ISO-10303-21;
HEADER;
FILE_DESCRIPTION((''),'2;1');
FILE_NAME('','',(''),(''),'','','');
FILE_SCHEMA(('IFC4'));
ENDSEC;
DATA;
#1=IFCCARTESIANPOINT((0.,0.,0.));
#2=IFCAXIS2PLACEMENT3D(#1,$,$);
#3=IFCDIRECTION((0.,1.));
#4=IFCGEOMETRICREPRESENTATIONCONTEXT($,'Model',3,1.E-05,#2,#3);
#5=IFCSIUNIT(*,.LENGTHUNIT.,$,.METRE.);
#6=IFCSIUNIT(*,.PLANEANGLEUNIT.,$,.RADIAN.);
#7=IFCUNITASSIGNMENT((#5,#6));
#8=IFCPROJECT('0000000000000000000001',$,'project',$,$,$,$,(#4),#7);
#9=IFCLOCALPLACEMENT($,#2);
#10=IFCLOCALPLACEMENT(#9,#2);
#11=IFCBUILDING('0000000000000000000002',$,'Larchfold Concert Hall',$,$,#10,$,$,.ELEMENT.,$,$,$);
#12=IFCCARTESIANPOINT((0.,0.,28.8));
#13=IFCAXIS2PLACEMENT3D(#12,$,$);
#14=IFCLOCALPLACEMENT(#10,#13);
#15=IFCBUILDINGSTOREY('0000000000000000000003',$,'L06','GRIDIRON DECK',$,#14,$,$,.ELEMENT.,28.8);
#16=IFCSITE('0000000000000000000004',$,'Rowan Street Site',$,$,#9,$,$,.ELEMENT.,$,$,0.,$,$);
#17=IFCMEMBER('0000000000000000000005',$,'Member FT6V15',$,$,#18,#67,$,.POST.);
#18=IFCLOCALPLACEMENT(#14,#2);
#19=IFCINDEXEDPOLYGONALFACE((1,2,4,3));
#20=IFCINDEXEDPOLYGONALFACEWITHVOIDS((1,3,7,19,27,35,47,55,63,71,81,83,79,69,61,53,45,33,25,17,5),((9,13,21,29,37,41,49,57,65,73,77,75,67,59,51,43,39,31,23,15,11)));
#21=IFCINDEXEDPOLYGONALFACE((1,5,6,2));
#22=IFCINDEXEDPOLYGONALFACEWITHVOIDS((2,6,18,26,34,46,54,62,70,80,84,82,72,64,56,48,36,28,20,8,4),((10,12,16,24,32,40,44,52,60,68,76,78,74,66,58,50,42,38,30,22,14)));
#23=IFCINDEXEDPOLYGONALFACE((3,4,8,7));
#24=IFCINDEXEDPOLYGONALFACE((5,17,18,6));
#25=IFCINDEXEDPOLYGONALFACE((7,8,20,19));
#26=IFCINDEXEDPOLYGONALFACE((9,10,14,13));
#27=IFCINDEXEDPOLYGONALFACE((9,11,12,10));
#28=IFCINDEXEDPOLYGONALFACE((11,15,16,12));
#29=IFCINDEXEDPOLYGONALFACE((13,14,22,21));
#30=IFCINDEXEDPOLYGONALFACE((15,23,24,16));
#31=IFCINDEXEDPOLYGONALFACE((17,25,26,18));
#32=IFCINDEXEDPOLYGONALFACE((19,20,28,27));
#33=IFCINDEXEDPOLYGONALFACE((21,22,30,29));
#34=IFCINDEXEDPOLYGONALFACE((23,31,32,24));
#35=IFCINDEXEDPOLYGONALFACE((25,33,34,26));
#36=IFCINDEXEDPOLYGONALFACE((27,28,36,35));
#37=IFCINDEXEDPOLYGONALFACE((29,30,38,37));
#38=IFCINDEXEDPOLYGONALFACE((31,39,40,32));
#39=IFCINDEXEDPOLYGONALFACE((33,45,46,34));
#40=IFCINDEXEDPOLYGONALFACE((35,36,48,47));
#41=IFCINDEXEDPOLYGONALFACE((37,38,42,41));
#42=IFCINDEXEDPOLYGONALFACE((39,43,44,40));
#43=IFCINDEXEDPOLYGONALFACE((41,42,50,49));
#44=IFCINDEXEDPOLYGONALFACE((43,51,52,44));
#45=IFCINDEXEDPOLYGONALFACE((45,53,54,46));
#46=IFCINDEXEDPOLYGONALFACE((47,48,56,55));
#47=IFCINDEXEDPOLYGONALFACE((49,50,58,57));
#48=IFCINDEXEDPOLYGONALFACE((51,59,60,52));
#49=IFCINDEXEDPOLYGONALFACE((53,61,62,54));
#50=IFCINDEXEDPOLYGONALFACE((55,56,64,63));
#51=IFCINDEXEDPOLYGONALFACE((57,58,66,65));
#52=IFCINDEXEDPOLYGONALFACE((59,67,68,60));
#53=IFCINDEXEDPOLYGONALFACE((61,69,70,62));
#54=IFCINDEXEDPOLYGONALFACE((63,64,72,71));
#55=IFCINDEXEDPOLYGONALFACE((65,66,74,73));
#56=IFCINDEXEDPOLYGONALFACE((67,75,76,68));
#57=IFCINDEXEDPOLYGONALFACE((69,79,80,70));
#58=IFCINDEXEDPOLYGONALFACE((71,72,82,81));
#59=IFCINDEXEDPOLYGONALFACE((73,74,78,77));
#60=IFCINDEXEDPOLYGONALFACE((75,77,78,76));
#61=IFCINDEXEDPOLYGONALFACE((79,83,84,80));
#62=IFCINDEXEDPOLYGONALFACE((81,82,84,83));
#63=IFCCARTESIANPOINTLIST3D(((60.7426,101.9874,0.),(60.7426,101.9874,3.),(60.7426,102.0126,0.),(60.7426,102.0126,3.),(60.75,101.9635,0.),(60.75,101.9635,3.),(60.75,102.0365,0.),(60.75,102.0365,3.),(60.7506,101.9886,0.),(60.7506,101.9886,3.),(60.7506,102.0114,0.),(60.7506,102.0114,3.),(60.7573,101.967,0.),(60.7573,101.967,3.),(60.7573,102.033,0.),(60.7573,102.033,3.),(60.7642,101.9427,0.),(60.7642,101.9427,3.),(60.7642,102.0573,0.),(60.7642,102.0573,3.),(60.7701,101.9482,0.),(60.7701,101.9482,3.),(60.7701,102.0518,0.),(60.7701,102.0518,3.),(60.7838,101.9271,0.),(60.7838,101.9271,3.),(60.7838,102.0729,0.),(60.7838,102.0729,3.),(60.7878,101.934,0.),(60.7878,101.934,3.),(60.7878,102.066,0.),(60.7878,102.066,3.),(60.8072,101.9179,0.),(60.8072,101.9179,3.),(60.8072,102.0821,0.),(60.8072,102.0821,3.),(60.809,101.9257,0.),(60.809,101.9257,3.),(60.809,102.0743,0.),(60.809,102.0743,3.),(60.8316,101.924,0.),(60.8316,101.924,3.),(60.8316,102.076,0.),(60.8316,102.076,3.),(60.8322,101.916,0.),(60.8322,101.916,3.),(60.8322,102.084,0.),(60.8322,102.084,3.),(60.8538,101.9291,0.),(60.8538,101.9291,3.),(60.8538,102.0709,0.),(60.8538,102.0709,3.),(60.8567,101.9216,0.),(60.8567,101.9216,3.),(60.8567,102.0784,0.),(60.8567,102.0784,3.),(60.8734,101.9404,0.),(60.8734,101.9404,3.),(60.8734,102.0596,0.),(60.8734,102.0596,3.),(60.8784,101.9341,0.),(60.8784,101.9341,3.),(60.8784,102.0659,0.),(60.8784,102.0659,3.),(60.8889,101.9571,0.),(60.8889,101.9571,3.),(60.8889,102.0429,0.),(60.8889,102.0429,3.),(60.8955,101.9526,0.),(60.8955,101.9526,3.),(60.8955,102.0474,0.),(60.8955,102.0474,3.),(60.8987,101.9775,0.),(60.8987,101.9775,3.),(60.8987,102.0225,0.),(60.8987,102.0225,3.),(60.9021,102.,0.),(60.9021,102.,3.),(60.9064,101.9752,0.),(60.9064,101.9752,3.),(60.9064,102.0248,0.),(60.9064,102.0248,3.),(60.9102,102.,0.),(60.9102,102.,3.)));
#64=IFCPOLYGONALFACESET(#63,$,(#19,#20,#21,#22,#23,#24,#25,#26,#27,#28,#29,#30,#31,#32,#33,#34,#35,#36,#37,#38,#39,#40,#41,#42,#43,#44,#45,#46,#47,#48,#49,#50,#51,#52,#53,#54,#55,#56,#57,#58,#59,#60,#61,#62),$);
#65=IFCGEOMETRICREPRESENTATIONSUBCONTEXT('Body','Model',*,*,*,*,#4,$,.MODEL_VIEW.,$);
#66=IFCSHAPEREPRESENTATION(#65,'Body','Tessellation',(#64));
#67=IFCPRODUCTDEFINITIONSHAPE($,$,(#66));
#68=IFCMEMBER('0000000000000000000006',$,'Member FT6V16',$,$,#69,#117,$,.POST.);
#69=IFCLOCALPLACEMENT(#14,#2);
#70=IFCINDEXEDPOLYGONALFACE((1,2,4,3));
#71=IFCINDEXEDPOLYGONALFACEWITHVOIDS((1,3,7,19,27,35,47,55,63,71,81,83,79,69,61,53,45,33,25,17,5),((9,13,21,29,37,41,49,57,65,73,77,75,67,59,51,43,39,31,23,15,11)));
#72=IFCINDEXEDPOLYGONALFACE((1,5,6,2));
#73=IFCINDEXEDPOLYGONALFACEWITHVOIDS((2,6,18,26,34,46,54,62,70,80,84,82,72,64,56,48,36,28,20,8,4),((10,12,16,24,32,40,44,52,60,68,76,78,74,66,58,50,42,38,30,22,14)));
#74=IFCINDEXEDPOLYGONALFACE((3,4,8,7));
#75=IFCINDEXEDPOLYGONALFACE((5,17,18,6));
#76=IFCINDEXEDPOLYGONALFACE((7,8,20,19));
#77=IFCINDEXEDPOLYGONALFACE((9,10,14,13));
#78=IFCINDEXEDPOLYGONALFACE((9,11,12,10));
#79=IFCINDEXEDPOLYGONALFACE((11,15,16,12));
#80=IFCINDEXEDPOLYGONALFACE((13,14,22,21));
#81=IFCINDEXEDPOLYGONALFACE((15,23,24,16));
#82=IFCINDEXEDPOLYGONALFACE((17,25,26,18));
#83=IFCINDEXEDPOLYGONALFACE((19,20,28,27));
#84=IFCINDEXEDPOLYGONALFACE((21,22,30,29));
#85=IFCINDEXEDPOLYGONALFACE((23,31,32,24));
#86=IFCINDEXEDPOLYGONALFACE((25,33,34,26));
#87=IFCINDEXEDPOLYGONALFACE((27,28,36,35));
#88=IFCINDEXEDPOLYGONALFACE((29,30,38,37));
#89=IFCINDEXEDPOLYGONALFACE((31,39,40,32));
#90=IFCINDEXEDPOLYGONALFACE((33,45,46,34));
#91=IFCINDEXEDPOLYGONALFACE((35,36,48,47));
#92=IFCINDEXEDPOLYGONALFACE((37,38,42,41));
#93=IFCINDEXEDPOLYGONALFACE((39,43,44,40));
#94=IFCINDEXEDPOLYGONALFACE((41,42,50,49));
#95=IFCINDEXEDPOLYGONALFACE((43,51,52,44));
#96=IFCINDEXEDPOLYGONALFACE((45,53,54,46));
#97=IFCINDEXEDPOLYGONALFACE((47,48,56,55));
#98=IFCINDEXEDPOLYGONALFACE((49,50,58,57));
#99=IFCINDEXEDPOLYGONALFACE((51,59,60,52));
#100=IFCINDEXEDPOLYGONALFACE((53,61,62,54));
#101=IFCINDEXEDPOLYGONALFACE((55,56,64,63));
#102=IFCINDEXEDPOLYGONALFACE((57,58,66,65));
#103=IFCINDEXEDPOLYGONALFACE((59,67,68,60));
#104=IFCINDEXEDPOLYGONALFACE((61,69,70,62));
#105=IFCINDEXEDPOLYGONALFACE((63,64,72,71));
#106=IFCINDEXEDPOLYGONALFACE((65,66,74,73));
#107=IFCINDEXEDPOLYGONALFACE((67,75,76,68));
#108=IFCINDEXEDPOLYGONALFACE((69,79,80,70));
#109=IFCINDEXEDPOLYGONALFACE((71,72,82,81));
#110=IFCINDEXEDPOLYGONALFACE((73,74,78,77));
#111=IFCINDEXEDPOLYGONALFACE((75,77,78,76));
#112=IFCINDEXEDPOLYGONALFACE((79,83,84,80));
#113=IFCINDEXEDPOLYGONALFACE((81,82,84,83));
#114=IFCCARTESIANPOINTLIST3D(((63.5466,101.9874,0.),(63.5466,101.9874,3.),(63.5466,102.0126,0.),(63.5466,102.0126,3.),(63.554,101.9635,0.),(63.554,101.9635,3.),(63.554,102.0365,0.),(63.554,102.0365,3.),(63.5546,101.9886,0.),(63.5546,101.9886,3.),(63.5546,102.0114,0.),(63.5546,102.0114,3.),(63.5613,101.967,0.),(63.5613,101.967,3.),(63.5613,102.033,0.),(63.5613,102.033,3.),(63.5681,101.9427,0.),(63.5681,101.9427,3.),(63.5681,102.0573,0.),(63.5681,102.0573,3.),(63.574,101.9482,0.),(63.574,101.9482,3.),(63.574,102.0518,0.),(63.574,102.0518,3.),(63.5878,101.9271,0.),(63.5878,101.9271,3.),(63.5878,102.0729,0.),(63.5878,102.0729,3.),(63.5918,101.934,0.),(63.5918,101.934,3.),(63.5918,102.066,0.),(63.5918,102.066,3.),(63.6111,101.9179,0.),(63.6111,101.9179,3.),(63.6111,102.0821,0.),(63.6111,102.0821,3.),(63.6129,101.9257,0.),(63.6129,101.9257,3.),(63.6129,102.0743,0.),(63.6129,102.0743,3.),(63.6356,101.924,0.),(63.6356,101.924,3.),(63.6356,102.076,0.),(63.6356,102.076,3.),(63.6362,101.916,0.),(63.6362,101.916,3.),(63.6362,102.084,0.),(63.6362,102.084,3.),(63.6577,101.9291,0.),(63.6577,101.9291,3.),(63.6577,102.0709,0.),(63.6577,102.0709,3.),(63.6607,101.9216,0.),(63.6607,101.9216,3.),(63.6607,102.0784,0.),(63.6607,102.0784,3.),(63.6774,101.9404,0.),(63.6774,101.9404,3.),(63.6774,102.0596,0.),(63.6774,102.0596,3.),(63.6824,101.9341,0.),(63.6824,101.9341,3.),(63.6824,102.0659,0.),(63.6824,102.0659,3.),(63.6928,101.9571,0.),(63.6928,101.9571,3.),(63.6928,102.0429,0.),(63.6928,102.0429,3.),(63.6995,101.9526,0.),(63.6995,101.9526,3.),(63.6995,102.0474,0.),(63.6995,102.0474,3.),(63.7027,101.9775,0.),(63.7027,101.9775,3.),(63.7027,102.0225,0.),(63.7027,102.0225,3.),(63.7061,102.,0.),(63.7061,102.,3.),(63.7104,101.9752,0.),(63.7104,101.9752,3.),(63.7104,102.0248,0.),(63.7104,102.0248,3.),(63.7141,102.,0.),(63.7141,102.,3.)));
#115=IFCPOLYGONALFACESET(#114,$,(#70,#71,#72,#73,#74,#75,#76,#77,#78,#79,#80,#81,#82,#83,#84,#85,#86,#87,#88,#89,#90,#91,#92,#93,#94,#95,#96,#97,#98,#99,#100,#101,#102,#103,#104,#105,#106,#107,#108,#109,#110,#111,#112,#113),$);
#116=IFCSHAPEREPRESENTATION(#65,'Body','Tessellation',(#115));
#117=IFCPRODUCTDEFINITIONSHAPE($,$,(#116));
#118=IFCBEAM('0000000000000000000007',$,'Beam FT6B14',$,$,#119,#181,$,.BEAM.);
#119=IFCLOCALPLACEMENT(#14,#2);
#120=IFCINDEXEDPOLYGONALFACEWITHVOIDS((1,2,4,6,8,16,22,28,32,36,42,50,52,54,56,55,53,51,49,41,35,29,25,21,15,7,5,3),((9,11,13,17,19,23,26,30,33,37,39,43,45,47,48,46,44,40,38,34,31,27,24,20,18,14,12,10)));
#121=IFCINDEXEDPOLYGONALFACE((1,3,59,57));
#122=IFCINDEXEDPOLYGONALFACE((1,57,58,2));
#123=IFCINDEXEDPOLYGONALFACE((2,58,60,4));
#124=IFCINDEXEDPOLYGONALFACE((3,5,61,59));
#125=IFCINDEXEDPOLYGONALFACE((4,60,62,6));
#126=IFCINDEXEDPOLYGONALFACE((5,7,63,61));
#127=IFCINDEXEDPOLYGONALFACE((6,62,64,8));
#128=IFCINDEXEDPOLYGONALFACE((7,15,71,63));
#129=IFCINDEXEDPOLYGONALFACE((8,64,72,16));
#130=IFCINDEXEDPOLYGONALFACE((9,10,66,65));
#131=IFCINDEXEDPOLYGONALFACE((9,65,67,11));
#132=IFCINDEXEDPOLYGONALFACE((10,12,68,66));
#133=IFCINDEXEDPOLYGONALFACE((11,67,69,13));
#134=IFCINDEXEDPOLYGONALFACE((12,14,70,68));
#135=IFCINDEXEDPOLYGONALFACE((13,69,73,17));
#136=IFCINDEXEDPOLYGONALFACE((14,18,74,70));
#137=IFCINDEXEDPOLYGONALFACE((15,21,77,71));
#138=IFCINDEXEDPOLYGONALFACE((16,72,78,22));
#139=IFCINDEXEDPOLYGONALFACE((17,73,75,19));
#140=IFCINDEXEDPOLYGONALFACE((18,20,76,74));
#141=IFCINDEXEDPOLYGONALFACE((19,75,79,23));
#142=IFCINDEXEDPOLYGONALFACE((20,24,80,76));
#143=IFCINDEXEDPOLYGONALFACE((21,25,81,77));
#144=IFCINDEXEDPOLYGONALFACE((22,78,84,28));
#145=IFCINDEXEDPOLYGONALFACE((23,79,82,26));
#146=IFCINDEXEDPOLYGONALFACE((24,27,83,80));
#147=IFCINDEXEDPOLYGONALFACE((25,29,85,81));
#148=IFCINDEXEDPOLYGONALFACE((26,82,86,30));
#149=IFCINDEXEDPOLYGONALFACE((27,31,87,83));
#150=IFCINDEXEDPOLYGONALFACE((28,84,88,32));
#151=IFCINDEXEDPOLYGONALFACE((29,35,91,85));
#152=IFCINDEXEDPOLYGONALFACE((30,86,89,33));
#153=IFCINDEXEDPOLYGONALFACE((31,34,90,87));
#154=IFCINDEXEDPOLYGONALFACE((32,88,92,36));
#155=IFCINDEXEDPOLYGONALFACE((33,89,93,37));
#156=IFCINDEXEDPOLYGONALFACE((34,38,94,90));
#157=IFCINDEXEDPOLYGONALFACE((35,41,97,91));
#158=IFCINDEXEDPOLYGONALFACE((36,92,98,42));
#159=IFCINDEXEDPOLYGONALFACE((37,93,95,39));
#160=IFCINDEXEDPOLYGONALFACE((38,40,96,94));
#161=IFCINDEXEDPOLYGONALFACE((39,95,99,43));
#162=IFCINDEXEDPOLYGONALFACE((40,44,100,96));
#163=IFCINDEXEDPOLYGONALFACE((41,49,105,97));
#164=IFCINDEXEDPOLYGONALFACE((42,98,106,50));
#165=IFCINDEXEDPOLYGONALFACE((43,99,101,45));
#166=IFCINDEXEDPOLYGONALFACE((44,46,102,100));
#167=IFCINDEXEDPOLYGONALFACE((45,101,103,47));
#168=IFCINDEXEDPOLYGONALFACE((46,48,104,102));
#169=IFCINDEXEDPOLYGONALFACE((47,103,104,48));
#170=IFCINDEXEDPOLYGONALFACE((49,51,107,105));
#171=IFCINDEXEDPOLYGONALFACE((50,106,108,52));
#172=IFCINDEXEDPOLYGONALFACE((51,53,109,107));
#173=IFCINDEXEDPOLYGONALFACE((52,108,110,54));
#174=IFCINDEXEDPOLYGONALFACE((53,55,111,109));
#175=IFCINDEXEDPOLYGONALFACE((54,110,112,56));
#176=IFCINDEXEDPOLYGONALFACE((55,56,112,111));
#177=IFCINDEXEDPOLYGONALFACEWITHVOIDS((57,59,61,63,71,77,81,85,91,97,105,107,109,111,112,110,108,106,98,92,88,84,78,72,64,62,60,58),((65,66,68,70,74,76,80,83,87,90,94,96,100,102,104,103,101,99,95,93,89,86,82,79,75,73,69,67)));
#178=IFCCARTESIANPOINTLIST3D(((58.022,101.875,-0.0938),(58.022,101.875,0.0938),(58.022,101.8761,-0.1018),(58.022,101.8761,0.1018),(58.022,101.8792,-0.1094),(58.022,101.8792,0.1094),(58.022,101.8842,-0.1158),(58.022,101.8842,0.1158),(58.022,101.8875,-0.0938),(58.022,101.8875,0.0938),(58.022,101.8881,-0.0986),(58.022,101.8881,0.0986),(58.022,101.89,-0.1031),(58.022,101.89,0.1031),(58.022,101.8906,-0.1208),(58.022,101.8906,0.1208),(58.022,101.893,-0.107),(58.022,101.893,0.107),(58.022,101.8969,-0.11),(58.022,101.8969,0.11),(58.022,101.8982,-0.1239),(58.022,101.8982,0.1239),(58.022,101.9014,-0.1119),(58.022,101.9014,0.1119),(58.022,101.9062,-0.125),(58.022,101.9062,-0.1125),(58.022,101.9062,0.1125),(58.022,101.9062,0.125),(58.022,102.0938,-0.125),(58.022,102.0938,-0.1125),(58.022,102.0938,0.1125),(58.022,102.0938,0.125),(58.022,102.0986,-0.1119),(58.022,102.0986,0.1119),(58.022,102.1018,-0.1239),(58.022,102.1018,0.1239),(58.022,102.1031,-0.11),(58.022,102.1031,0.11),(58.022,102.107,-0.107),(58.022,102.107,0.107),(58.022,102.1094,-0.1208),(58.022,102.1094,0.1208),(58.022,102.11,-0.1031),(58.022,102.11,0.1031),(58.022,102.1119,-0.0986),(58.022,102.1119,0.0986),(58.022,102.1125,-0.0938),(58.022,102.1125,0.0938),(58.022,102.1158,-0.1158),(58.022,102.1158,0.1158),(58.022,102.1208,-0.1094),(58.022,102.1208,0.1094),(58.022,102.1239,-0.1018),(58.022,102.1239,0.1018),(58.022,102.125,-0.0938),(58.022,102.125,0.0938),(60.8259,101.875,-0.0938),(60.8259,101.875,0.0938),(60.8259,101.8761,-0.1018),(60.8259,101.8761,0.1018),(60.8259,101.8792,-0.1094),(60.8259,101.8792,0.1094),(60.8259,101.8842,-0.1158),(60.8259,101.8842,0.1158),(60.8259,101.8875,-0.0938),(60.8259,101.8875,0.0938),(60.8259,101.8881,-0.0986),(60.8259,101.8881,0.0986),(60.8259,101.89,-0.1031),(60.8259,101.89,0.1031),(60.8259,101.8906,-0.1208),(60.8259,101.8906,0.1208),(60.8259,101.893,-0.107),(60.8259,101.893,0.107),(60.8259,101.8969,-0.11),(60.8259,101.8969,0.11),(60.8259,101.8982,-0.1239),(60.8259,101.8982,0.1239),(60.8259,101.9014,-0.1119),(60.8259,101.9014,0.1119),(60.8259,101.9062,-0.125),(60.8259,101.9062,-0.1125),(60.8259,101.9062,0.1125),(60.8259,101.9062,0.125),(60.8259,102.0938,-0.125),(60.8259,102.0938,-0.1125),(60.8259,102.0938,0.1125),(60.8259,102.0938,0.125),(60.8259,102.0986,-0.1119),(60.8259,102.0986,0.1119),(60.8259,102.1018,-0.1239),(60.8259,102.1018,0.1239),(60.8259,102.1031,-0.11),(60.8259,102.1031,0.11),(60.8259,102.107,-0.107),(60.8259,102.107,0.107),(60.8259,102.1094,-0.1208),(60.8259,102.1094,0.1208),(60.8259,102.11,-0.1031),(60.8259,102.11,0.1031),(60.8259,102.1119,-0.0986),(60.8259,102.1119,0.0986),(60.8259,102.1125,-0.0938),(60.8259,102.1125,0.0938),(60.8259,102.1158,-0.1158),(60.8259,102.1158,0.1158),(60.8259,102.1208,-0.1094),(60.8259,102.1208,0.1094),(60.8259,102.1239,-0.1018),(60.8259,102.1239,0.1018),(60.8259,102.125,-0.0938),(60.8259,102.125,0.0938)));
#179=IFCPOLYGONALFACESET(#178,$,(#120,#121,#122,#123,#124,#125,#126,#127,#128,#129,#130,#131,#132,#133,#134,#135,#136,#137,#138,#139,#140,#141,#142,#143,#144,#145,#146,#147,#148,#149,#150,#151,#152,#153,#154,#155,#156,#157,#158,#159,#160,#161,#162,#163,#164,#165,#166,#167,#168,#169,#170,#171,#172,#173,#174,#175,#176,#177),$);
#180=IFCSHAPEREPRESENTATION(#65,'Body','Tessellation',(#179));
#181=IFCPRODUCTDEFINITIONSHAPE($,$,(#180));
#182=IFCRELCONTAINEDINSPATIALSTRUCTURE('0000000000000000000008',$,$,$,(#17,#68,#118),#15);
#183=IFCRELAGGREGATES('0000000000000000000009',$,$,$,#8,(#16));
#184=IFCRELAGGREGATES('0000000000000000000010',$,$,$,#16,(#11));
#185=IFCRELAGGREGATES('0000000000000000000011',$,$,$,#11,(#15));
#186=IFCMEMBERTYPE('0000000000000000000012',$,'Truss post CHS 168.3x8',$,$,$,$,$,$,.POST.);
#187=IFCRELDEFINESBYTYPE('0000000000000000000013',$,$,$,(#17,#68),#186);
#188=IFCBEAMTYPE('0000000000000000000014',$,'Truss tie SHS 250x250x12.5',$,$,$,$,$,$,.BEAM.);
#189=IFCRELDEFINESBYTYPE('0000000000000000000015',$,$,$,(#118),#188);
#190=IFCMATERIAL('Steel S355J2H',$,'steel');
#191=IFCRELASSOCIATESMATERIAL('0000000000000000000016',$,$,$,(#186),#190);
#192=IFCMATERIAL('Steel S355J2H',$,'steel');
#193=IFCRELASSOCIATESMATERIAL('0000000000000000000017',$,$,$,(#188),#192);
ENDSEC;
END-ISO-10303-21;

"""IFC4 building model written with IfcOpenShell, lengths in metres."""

from ifc_helpers import new_model, si_unit, direction, frame, origin, origin_2d, place, context, subcontext, project, spatial, hollow_rectangle, hollow_circle, extrude, material, material_profile, profile_set, type_object, element, save


model = new_model("IFC4")

# Units and contexts
model_context = context("Model", 3, precision=1e-05, world=origin(), true_north=direction((0.0, 1.0)))
body_context = subcontext(model_context, "Body", "Model", "MODEL_VIEW")
ifc_project = project(units=[si_unit("LENGTHUNIT", "METRE"), si_unit("PLANEANGLEUNIT", "RADIAN")], contexts=[model_context])

# Site, building, storey
site_placement = place(None, origin())
site = spatial("IfcSite", under=ifc_project, at=site_placement, Name="Rowan Street Site", CompositionType="ELEMENT", RefElevation=0.0)
building_placement = place(site_placement, origin())
building = spatial("IfcBuilding", under=site, at=building_placement, Name="Larchfold Concert Hall", CompositionType="ELEMENT")
storey_placement = place(building_placement, frame((0.0, 0.0, 28.8)))
storey = spatial("IfcBuildingStorey", under=building, at=storey_placement, Name="L06", Description="GRIDIRON DECK", CompositionType="ELEMENT", Elevation=28.8)

# Members
ifc_material_1 = material(Name="Steel S355J2H", Category="steel")
ifc_material_profile_1 = material_profile(ifc_material_1, hollow_circle(Radius=0.0842, WallThickness=0.0081, at=origin_2d()))
ifc_profile_set_1 = profile_set([ifc_material_profile_1], Name="Steel S355J2H")
member_type_1 = type_object("IfcMemberType", Name="Truss post CHS 168.3x8", PredefinedType="POST", material=ifc_profile_set_1)
for number, where, z_axis, x_axis, name in (
    (1, (60.8259, 102.0, 3.0), (0.0, 0.0, -1.0), (1.0, 0.0, 0.0), "Member FT6V15"),
    (2, (63.6299, 102.0, 3.0), (0.0, 0.0, -1.0), (1.0, 0.0, 0.0), "Member FT6V16"),
):
    element("IfcMember", number, at=place(storey_placement, frame(where, z_axis=z_axis, x_axis=x_axis)), inside=storey, type_object=member_type_1, Name=name, PredefinedType="POST", context=body_context, shape_type="SweptSolid", body=[
        extrude(hollow_circle(Radius=0.0842, WallThickness=0.0081, at=origin_2d()), origin(), (0.0, 0.0, 1.0), 3.0),
    ])

# Beam
ifc_material_2 = material(Name="Steel S355J2H", Category="steel")
ifc_material_profile_2 = material_profile(ifc_material_2, hollow_rectangle(XDim=0.25, YDim=0.25, WallThickness=0.0125, InnerFilletRadius=0.0188, OuterFilletRadius=0.0312, at=origin_2d()))
ifc_profile_set_2 = profile_set([ifc_material_profile_2], Name="Steel S355J2H")
beam_type_1 = type_object("IfcBeamType", Name="Truss tie SHS 250x250x12.5", PredefinedType="BEAM", material=ifc_profile_set_2)
for number, where, z_axis, x_axis, name in (
    (3, (58.022, 102.0, 0.0), (1.0, 0.0, 0.0), (0.0, 1.0, 0.0), "Beam FT6B14"),
):
    element("IfcBeam", number, at=place(storey_placement, frame(where, z_axis=z_axis, x_axis=x_axis)), inside=storey, type_object=beam_type_1, Name=name, PredefinedType="BEAM", context=body_context, shape_type="SweptSolid", body=[
        extrude(hollow_rectangle(XDim=0.25, YDim=0.25, WallThickness=0.0125, InnerFilletRadius=0.0188, OuterFilletRadius=0.0312, at=origin_2d()), origin(), (0.0, 0.0, 1.0), 2.804),
    ])

save(model, "model.ifc")
